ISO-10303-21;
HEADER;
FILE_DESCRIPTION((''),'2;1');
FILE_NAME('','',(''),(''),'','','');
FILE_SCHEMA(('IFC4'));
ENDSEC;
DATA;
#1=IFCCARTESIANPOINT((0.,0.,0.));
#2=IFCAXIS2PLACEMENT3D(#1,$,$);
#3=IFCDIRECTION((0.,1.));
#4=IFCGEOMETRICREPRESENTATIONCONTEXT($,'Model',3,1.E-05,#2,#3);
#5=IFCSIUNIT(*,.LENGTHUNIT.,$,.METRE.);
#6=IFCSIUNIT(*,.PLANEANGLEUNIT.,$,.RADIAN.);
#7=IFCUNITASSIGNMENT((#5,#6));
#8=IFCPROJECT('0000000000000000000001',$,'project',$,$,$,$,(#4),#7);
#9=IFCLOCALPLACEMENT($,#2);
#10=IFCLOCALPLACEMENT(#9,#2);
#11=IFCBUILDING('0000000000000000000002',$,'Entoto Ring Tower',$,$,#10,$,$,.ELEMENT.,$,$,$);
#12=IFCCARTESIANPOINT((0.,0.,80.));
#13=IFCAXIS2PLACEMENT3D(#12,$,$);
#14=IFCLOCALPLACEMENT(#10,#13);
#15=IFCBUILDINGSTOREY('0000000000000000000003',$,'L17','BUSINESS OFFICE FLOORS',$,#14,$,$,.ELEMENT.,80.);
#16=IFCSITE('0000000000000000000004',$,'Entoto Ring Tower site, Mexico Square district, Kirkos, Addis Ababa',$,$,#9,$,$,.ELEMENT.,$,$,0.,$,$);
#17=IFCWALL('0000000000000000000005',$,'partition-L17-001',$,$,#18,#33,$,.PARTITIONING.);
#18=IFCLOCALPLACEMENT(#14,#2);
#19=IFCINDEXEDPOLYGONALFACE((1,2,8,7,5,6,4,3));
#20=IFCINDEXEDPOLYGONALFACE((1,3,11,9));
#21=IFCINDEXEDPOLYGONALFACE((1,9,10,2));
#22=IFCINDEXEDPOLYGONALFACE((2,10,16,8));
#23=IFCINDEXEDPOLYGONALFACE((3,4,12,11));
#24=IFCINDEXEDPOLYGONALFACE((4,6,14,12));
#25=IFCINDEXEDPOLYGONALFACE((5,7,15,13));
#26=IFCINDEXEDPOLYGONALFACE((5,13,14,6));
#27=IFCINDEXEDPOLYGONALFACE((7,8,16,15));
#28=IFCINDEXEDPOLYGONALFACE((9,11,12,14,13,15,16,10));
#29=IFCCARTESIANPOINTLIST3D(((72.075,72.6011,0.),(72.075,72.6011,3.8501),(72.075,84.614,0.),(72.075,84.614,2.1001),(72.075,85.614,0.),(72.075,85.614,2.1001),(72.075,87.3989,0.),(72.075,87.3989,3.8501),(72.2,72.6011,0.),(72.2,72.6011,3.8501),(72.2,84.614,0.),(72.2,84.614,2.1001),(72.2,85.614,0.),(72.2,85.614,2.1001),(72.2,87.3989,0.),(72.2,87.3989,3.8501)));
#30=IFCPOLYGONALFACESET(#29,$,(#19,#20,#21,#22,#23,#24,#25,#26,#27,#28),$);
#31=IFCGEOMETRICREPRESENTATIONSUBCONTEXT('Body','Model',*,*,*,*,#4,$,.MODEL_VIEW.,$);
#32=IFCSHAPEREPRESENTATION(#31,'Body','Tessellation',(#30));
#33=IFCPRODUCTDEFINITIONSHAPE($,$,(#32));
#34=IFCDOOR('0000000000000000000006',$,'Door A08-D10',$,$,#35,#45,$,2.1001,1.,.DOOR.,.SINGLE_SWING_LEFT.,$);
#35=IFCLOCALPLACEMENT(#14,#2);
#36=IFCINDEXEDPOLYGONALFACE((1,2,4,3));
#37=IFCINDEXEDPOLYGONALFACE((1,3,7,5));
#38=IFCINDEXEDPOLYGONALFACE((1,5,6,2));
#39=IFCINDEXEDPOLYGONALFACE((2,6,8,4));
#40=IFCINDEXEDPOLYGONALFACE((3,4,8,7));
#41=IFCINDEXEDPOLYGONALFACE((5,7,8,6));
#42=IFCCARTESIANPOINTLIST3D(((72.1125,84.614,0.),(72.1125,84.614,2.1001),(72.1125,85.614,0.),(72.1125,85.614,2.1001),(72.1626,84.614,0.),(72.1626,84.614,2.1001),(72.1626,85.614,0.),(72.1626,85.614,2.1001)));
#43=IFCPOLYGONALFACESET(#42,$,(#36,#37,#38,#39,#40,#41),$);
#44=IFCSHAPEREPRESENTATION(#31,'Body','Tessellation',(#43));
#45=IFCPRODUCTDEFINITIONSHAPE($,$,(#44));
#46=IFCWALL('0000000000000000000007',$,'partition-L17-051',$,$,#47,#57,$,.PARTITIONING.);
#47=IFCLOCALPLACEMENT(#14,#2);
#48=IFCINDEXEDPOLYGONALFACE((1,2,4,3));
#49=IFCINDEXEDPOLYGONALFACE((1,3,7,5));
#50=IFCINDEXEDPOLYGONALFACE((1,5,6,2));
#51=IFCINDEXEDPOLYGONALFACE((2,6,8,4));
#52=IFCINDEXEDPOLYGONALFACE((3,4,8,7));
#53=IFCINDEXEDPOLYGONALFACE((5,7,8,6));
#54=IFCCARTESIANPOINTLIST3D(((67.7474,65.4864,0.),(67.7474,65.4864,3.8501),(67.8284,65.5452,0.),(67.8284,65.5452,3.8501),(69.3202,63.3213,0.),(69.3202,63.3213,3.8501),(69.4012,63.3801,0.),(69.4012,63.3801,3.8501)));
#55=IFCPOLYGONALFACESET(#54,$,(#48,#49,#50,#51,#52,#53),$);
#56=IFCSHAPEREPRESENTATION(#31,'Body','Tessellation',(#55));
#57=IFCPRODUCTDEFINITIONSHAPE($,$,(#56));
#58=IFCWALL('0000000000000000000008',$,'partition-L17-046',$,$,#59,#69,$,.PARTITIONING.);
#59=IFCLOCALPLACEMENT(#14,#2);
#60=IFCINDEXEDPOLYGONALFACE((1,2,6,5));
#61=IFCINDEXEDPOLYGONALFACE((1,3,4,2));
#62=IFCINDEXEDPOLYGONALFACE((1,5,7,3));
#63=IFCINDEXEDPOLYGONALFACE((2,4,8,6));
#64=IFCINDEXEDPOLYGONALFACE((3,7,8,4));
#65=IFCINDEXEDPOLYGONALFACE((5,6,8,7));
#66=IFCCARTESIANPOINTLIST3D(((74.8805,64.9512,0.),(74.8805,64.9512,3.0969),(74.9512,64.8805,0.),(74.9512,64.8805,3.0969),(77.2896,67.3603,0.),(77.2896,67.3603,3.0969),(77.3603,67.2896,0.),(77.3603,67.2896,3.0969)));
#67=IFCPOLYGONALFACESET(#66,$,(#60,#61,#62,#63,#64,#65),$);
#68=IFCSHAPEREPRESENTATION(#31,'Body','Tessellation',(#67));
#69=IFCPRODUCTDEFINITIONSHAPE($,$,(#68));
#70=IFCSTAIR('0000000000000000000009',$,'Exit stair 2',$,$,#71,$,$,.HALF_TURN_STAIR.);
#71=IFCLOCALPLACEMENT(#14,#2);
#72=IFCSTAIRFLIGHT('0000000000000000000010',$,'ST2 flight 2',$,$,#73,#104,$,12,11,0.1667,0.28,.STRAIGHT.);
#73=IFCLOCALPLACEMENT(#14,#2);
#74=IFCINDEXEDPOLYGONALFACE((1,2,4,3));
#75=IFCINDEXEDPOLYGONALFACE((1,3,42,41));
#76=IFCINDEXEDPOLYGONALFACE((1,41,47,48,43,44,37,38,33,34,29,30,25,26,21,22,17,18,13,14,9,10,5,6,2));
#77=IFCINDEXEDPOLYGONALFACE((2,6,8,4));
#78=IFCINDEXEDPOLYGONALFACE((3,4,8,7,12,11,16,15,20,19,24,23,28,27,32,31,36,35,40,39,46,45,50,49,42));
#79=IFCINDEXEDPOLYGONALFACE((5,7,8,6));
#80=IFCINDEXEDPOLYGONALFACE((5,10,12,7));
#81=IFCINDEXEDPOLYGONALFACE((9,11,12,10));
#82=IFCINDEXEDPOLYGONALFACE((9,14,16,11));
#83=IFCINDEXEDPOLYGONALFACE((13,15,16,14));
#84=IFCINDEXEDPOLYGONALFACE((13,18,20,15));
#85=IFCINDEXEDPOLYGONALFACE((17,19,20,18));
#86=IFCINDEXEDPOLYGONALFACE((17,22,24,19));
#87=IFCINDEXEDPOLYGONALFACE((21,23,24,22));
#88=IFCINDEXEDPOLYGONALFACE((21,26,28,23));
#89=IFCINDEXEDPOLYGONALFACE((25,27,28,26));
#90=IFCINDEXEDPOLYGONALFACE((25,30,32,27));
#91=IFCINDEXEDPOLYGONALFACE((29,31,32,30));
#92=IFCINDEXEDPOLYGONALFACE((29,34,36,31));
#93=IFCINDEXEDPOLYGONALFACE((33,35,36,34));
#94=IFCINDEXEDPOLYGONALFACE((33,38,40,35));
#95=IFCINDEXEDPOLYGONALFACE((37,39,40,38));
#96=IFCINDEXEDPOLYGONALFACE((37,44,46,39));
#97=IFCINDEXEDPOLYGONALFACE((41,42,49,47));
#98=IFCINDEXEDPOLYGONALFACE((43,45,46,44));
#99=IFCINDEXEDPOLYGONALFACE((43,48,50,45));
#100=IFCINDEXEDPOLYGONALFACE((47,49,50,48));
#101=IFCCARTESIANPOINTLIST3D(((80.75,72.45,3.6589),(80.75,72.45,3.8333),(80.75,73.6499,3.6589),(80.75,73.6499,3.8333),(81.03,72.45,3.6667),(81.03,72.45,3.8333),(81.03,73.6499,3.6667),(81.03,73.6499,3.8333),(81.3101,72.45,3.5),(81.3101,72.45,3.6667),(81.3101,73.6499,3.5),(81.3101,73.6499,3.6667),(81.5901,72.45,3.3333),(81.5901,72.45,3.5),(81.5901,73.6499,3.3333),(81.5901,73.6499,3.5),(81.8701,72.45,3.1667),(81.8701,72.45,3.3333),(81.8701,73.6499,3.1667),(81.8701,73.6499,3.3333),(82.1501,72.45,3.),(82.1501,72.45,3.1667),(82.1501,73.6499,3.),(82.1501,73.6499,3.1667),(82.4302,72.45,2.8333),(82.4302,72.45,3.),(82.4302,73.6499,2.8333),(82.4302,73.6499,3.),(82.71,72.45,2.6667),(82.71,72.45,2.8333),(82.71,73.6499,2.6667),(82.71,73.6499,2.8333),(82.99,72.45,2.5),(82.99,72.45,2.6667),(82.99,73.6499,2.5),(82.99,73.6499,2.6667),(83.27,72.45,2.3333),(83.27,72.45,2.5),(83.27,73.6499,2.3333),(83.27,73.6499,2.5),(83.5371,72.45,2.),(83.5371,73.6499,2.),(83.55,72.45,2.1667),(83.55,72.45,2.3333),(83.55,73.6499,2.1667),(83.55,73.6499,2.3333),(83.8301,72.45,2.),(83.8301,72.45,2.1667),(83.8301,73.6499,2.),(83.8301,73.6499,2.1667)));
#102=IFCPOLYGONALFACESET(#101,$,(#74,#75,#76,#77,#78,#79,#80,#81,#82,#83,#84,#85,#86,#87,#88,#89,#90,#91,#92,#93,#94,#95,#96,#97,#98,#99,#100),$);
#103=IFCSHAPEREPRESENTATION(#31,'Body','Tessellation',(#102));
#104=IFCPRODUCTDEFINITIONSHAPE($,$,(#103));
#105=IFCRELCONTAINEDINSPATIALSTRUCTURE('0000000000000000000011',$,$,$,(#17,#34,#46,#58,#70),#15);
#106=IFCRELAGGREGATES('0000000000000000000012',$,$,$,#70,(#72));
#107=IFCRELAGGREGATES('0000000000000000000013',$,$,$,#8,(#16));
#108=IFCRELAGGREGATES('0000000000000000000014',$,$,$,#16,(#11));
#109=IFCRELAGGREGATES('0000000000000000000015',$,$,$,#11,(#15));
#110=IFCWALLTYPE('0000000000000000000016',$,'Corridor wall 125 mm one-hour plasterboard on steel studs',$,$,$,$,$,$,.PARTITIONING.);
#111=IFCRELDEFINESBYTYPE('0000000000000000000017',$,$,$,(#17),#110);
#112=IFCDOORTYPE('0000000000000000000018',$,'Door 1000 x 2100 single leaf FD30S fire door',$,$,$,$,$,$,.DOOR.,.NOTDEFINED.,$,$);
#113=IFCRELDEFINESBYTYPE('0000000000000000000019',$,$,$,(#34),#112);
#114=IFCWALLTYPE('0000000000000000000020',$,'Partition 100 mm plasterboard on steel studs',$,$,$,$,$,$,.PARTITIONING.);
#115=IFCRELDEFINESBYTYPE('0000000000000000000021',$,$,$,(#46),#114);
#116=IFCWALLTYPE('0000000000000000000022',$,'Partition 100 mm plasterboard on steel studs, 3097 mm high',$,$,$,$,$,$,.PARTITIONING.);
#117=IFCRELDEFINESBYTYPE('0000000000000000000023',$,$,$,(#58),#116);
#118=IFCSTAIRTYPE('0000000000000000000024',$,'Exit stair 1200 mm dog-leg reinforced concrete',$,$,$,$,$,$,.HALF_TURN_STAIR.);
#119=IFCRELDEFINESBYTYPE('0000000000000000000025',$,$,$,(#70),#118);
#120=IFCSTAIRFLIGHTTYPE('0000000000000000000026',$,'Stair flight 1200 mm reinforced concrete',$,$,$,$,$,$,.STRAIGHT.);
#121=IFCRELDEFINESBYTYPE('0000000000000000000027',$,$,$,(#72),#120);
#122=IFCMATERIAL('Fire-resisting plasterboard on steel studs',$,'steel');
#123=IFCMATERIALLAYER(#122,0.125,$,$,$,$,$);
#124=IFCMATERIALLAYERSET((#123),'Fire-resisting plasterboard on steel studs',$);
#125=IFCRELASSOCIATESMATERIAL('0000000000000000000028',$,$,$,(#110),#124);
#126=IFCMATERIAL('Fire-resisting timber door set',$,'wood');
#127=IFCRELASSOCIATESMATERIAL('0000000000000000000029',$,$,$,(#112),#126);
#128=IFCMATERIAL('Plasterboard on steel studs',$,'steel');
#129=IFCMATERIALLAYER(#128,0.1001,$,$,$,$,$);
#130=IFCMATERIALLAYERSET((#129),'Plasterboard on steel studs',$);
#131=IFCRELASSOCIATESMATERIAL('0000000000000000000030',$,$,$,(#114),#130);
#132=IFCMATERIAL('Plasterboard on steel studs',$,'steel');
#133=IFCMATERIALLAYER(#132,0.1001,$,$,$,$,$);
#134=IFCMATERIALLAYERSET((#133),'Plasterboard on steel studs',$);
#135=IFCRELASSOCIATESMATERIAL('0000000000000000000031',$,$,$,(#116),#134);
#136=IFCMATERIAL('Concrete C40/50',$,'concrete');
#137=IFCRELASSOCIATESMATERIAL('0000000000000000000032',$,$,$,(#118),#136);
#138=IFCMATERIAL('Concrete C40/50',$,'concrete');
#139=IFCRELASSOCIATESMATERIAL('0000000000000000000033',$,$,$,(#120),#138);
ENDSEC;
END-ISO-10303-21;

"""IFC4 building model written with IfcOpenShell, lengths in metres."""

from ifc_helpers import new_model, si_unit, direction, frame, frame_2d, origin, place, context, subcontext, project, spatial, polyline, rectangle, outline, extrude, material, layer, layer_set, type_object, element, fill, aggregate, save


model = new_model("IFC4")

# Units and contexts
model_context = context("Model", 3, precision=1e-05, world=origin(), true_north=direction((0.0, 1.0)))
body_context = subcontext(model_context, "Body", "Model", "MODEL_VIEW")
ifc_project = project(units=[si_unit("LENGTHUNIT", "METRE"), si_unit("PLANEANGLEUNIT", "RADIAN")], contexts=[model_context])

# Site, building, storey
site_placement = place(None, origin())
site = spatial("IfcSite", under=ifc_project, at=site_placement, Name="Entoto Ring Tower site, Mexico Square district, Kirkos, Addis Ababa", CompositionType="ELEMENT", RefElevation=0.0)
building_placement = place(site_placement, origin())
building = spatial("IfcBuilding", under=site, at=building_placement, Name="Entoto Ring Tower", CompositionType="ELEMENT")
storey_placement = place(building_placement, frame((0.0, 0.0, 80.0)))
storey = spatial("IfcBuildingStorey", under=building, at=storey_placement, Name="L17", Description="BUSINESS OFFICE FLOORS", CompositionType="ELEMENT", Elevation=80.0)

# Wall, opening, door
ifc_material_1 = material(Name="Fire-resisting plasterboard on steel studs", Category="steel")
ifc_layer_1 = layer(ifc_material_1, 0.125)
ifc_layer_set_1 = layer_set([ifc_layer_1], Name="Fire-resisting plasterboard on steel studs")
wall_type_1 = type_object("IfcWallType", Name="Corridor wall 125 mm one-hour plasterboard on steel studs", PredefinedType="PARTITIONING", material=ifc_layer_set_1)
wall_1_placement = place(storey_placement, frame((72.1375, 72.6011, 0.0), z_axis=(0.0, 0.0, 1.0), x_axis=(0.0, 1.0, 0.0)))
wall_1 = element("IfcWall", 1, at=wall_1_placement, inside=storey, type_object=wall_type_1, Name="partition-L17-001", PredefinedType="PARTITIONING", context=body_context, shape_type="SweptSolid", body=[
    extrude(rectangle(XDim=14.7979, YDim=0.125, at=frame_2d((7.3989, 0.0))), origin(), (0.0, 0.0, 1.0), 3.8501),
])
opening_1_placement = place(wall_1_placement, frame((12.0129, 0.0, 0.0)))
opening_1 = element("IfcOpeningElement", 2, at=opening_1_placement, cuts=wall_1, PredefinedType="OPENING", context=body_context, shape_type="SweptSolid", body=[
    extrude(rectangle(XDim=1.0, YDim=2.1001, at=frame_2d((0.5, 1.05))), frame((0.0, 0.0725, 0.0), z_axis=(0.0, -1.0, 0.0), x_axis=(1.0, 0.0, 0.0)), (0.0, 0.0, 1.0), 0.145),
])
ifc_material_2 = material(Name="Fire-resisting timber door set", Category="wood")
door_type_1 = type_object("IfcDoorType", Name="Door 1000 x 2100 single leaf FD30S fire door", OperationType="NOTDEFINED", PredefinedType="DOOR", material=ifc_material_2)
door_1_placement = place(opening_1_placement, origin())
door_1 = element("IfcDoor", 3, at=door_1_placement, inside=storey, type_object=door_type_1, Name="Door A08-D10", OperationType="SINGLE_SWING_LEFT", OverallHeight=2.1001, OverallWidth=1.0, PredefinedType="DOOR", context=body_context, shape_type="SweptSolid", body=[
    extrude(rectangle(XDim=1.0, YDim=2.1001, at=frame_2d((0.5, 1.05))), frame((0.0, 0.0249, 0.0), z_axis=(0.0, -1.0, 0.0), x_axis=(1.0, 0.0, 0.0)), (0.0, 0.0, 1.0), 0.05),
])
fill(opening_1, door_1)

# Walls
ifc_material_3 = material(Name="Plasterboard on steel studs", Category="steel")
ifc_layer_2 = layer(ifc_material_3, 0.1001)
ifc_layer_set_2 = layer_set([ifc_layer_2], Name="Plasterboard on steel studs")
wall_type_2 = type_object("IfcWallType", Name="Partition 100 mm plasterboard on steel studs", PredefinedType="PARTITIONING", material=ifc_layer_set_2)
wall_2_placement = place(storey_placement, frame((69.3606, 63.3508, 0.0), z_axis=(0.0, 0.0, 1.0), x_axis=(-0.587727, 0.809059, 0.0)))
element("IfcWall", 4, at=wall_2_placement, inside=storey, type_object=wall_type_2, Name="partition-L17-051", PredefinedType="PARTITIONING", context=body_context, shape_type="SweptSolid", body=[
    extrude(rectangle(XDim=2.676, YDim=0.1001, at=frame_2d((1.3379, 0.0))), origin(), (0.0, 0.0, 1.0), 3.8501),
])
ifc_material_4 = material(Name="Plasterboard on steel studs", Category="steel")
ifc_layer_3 = layer(ifc_material_4, 0.1001)
ifc_layer_set_3 = layer_set([ifc_layer_3], Name="Plasterboard on steel studs")
wall_type_3 = type_object("IfcWallType", Name="Partition 100 mm plasterboard on steel studs, 3097 mm high", PredefinedType="PARTITIONING", material=ifc_layer_set_3)
wall_3_placement = place(storey_placement, frame((74.9158, 64.9158, 0.0), z_axis=(0.0, 0.0, 1.0), x_axis=(0.707107, 0.707107, 0.0)))
element("IfcWall", 5, at=wall_3_placement, inside=storey, type_object=wall_type_3, Name="partition-L17-046", PredefinedType="PARTITIONING", context=body_context, shape_type="SweptSolid", body=[
    extrude(rectangle(XDim=3.407, YDim=0.1001, at=frame_2d((1.7036, 0.0))), origin(), (0.0, 0.0, 1.0), 3.0969),
])

# Stair, stair flight
ifc_material_5 = material(Name="Concrete C40/50", Category="concrete")
stair_type = type_object("IfcStairType", Name="Exit stair 1200 mm dog-leg reinforced concrete", PredefinedType="HALF_TURN_STAIR", material=ifc_material_5)
stair_placement = place(storey_placement, origin())
stair = element("IfcStair", 6, at=stair_placement, inside=storey, type_object=stair_type, Name="Exit stair 2", PredefinedType="HALF_TURN_STAIR")
ifc_material_6 = material(Name="Concrete C40/50", Category="concrete")
stair_flight_type = type_object("IfcStairFlightType", Name="Stair flight 1200 mm reinforced concrete", PredefinedType="STRAIGHT", material=ifc_material_6)
stair_flight_placement = place(storey_placement, frame((83.8301, 73.05, 2.0), z_axis=(0.0, 0.0, 1.0), x_axis=(-1.0, 0.0, 0.0)))
stair_flight = element("IfcStairFlight", 7, at=stair_flight_placement, type_object=stair_flight_type, Name="ST2 flight 2", NumberOfRisers=12, NumberOfTreads=11, PredefinedType="STRAIGHT", RiserHeight=0.1667, TreadLength=0.28, context=body_context, shape_type="SweptSolid", body=[
    extrude(outline(polyline([(0.0, 0.0), (0.0, 0.1667), (0.28, 0.1667), (0.28, 0.3333), (0.5601, 0.3333), (0.5601, 0.5), (0.8401, 0.5), (0.8401, 0.6667), (1.1201, 0.6667), (1.1201, 0.8333), (1.3999, 0.8333), (1.3999, 1.0), (1.6799, 1.0), (1.6799, 1.1667), (1.96, 1.1667), (1.96, 1.3333), (2.24, 1.3333), (2.24, 1.5), (2.52, 1.5), (2.52, 1.6667), (2.8, 1.6667), (2.8, 1.8333), (3.0801, 1.8333), (3.0801, 2.0), (3.0801, 1.6589), (0.293, 0.0), (0.0, 0.0)])), frame((0.0, 0.6001, 0.0), z_axis=(0.0, -1.0, 0.0), x_axis=(1.0, 0.0, 0.0)), (0.0, 0.0, 1.0), 1.2),
])
aggregate(stair, [stair_flight])

save(model, "model.ifc")
